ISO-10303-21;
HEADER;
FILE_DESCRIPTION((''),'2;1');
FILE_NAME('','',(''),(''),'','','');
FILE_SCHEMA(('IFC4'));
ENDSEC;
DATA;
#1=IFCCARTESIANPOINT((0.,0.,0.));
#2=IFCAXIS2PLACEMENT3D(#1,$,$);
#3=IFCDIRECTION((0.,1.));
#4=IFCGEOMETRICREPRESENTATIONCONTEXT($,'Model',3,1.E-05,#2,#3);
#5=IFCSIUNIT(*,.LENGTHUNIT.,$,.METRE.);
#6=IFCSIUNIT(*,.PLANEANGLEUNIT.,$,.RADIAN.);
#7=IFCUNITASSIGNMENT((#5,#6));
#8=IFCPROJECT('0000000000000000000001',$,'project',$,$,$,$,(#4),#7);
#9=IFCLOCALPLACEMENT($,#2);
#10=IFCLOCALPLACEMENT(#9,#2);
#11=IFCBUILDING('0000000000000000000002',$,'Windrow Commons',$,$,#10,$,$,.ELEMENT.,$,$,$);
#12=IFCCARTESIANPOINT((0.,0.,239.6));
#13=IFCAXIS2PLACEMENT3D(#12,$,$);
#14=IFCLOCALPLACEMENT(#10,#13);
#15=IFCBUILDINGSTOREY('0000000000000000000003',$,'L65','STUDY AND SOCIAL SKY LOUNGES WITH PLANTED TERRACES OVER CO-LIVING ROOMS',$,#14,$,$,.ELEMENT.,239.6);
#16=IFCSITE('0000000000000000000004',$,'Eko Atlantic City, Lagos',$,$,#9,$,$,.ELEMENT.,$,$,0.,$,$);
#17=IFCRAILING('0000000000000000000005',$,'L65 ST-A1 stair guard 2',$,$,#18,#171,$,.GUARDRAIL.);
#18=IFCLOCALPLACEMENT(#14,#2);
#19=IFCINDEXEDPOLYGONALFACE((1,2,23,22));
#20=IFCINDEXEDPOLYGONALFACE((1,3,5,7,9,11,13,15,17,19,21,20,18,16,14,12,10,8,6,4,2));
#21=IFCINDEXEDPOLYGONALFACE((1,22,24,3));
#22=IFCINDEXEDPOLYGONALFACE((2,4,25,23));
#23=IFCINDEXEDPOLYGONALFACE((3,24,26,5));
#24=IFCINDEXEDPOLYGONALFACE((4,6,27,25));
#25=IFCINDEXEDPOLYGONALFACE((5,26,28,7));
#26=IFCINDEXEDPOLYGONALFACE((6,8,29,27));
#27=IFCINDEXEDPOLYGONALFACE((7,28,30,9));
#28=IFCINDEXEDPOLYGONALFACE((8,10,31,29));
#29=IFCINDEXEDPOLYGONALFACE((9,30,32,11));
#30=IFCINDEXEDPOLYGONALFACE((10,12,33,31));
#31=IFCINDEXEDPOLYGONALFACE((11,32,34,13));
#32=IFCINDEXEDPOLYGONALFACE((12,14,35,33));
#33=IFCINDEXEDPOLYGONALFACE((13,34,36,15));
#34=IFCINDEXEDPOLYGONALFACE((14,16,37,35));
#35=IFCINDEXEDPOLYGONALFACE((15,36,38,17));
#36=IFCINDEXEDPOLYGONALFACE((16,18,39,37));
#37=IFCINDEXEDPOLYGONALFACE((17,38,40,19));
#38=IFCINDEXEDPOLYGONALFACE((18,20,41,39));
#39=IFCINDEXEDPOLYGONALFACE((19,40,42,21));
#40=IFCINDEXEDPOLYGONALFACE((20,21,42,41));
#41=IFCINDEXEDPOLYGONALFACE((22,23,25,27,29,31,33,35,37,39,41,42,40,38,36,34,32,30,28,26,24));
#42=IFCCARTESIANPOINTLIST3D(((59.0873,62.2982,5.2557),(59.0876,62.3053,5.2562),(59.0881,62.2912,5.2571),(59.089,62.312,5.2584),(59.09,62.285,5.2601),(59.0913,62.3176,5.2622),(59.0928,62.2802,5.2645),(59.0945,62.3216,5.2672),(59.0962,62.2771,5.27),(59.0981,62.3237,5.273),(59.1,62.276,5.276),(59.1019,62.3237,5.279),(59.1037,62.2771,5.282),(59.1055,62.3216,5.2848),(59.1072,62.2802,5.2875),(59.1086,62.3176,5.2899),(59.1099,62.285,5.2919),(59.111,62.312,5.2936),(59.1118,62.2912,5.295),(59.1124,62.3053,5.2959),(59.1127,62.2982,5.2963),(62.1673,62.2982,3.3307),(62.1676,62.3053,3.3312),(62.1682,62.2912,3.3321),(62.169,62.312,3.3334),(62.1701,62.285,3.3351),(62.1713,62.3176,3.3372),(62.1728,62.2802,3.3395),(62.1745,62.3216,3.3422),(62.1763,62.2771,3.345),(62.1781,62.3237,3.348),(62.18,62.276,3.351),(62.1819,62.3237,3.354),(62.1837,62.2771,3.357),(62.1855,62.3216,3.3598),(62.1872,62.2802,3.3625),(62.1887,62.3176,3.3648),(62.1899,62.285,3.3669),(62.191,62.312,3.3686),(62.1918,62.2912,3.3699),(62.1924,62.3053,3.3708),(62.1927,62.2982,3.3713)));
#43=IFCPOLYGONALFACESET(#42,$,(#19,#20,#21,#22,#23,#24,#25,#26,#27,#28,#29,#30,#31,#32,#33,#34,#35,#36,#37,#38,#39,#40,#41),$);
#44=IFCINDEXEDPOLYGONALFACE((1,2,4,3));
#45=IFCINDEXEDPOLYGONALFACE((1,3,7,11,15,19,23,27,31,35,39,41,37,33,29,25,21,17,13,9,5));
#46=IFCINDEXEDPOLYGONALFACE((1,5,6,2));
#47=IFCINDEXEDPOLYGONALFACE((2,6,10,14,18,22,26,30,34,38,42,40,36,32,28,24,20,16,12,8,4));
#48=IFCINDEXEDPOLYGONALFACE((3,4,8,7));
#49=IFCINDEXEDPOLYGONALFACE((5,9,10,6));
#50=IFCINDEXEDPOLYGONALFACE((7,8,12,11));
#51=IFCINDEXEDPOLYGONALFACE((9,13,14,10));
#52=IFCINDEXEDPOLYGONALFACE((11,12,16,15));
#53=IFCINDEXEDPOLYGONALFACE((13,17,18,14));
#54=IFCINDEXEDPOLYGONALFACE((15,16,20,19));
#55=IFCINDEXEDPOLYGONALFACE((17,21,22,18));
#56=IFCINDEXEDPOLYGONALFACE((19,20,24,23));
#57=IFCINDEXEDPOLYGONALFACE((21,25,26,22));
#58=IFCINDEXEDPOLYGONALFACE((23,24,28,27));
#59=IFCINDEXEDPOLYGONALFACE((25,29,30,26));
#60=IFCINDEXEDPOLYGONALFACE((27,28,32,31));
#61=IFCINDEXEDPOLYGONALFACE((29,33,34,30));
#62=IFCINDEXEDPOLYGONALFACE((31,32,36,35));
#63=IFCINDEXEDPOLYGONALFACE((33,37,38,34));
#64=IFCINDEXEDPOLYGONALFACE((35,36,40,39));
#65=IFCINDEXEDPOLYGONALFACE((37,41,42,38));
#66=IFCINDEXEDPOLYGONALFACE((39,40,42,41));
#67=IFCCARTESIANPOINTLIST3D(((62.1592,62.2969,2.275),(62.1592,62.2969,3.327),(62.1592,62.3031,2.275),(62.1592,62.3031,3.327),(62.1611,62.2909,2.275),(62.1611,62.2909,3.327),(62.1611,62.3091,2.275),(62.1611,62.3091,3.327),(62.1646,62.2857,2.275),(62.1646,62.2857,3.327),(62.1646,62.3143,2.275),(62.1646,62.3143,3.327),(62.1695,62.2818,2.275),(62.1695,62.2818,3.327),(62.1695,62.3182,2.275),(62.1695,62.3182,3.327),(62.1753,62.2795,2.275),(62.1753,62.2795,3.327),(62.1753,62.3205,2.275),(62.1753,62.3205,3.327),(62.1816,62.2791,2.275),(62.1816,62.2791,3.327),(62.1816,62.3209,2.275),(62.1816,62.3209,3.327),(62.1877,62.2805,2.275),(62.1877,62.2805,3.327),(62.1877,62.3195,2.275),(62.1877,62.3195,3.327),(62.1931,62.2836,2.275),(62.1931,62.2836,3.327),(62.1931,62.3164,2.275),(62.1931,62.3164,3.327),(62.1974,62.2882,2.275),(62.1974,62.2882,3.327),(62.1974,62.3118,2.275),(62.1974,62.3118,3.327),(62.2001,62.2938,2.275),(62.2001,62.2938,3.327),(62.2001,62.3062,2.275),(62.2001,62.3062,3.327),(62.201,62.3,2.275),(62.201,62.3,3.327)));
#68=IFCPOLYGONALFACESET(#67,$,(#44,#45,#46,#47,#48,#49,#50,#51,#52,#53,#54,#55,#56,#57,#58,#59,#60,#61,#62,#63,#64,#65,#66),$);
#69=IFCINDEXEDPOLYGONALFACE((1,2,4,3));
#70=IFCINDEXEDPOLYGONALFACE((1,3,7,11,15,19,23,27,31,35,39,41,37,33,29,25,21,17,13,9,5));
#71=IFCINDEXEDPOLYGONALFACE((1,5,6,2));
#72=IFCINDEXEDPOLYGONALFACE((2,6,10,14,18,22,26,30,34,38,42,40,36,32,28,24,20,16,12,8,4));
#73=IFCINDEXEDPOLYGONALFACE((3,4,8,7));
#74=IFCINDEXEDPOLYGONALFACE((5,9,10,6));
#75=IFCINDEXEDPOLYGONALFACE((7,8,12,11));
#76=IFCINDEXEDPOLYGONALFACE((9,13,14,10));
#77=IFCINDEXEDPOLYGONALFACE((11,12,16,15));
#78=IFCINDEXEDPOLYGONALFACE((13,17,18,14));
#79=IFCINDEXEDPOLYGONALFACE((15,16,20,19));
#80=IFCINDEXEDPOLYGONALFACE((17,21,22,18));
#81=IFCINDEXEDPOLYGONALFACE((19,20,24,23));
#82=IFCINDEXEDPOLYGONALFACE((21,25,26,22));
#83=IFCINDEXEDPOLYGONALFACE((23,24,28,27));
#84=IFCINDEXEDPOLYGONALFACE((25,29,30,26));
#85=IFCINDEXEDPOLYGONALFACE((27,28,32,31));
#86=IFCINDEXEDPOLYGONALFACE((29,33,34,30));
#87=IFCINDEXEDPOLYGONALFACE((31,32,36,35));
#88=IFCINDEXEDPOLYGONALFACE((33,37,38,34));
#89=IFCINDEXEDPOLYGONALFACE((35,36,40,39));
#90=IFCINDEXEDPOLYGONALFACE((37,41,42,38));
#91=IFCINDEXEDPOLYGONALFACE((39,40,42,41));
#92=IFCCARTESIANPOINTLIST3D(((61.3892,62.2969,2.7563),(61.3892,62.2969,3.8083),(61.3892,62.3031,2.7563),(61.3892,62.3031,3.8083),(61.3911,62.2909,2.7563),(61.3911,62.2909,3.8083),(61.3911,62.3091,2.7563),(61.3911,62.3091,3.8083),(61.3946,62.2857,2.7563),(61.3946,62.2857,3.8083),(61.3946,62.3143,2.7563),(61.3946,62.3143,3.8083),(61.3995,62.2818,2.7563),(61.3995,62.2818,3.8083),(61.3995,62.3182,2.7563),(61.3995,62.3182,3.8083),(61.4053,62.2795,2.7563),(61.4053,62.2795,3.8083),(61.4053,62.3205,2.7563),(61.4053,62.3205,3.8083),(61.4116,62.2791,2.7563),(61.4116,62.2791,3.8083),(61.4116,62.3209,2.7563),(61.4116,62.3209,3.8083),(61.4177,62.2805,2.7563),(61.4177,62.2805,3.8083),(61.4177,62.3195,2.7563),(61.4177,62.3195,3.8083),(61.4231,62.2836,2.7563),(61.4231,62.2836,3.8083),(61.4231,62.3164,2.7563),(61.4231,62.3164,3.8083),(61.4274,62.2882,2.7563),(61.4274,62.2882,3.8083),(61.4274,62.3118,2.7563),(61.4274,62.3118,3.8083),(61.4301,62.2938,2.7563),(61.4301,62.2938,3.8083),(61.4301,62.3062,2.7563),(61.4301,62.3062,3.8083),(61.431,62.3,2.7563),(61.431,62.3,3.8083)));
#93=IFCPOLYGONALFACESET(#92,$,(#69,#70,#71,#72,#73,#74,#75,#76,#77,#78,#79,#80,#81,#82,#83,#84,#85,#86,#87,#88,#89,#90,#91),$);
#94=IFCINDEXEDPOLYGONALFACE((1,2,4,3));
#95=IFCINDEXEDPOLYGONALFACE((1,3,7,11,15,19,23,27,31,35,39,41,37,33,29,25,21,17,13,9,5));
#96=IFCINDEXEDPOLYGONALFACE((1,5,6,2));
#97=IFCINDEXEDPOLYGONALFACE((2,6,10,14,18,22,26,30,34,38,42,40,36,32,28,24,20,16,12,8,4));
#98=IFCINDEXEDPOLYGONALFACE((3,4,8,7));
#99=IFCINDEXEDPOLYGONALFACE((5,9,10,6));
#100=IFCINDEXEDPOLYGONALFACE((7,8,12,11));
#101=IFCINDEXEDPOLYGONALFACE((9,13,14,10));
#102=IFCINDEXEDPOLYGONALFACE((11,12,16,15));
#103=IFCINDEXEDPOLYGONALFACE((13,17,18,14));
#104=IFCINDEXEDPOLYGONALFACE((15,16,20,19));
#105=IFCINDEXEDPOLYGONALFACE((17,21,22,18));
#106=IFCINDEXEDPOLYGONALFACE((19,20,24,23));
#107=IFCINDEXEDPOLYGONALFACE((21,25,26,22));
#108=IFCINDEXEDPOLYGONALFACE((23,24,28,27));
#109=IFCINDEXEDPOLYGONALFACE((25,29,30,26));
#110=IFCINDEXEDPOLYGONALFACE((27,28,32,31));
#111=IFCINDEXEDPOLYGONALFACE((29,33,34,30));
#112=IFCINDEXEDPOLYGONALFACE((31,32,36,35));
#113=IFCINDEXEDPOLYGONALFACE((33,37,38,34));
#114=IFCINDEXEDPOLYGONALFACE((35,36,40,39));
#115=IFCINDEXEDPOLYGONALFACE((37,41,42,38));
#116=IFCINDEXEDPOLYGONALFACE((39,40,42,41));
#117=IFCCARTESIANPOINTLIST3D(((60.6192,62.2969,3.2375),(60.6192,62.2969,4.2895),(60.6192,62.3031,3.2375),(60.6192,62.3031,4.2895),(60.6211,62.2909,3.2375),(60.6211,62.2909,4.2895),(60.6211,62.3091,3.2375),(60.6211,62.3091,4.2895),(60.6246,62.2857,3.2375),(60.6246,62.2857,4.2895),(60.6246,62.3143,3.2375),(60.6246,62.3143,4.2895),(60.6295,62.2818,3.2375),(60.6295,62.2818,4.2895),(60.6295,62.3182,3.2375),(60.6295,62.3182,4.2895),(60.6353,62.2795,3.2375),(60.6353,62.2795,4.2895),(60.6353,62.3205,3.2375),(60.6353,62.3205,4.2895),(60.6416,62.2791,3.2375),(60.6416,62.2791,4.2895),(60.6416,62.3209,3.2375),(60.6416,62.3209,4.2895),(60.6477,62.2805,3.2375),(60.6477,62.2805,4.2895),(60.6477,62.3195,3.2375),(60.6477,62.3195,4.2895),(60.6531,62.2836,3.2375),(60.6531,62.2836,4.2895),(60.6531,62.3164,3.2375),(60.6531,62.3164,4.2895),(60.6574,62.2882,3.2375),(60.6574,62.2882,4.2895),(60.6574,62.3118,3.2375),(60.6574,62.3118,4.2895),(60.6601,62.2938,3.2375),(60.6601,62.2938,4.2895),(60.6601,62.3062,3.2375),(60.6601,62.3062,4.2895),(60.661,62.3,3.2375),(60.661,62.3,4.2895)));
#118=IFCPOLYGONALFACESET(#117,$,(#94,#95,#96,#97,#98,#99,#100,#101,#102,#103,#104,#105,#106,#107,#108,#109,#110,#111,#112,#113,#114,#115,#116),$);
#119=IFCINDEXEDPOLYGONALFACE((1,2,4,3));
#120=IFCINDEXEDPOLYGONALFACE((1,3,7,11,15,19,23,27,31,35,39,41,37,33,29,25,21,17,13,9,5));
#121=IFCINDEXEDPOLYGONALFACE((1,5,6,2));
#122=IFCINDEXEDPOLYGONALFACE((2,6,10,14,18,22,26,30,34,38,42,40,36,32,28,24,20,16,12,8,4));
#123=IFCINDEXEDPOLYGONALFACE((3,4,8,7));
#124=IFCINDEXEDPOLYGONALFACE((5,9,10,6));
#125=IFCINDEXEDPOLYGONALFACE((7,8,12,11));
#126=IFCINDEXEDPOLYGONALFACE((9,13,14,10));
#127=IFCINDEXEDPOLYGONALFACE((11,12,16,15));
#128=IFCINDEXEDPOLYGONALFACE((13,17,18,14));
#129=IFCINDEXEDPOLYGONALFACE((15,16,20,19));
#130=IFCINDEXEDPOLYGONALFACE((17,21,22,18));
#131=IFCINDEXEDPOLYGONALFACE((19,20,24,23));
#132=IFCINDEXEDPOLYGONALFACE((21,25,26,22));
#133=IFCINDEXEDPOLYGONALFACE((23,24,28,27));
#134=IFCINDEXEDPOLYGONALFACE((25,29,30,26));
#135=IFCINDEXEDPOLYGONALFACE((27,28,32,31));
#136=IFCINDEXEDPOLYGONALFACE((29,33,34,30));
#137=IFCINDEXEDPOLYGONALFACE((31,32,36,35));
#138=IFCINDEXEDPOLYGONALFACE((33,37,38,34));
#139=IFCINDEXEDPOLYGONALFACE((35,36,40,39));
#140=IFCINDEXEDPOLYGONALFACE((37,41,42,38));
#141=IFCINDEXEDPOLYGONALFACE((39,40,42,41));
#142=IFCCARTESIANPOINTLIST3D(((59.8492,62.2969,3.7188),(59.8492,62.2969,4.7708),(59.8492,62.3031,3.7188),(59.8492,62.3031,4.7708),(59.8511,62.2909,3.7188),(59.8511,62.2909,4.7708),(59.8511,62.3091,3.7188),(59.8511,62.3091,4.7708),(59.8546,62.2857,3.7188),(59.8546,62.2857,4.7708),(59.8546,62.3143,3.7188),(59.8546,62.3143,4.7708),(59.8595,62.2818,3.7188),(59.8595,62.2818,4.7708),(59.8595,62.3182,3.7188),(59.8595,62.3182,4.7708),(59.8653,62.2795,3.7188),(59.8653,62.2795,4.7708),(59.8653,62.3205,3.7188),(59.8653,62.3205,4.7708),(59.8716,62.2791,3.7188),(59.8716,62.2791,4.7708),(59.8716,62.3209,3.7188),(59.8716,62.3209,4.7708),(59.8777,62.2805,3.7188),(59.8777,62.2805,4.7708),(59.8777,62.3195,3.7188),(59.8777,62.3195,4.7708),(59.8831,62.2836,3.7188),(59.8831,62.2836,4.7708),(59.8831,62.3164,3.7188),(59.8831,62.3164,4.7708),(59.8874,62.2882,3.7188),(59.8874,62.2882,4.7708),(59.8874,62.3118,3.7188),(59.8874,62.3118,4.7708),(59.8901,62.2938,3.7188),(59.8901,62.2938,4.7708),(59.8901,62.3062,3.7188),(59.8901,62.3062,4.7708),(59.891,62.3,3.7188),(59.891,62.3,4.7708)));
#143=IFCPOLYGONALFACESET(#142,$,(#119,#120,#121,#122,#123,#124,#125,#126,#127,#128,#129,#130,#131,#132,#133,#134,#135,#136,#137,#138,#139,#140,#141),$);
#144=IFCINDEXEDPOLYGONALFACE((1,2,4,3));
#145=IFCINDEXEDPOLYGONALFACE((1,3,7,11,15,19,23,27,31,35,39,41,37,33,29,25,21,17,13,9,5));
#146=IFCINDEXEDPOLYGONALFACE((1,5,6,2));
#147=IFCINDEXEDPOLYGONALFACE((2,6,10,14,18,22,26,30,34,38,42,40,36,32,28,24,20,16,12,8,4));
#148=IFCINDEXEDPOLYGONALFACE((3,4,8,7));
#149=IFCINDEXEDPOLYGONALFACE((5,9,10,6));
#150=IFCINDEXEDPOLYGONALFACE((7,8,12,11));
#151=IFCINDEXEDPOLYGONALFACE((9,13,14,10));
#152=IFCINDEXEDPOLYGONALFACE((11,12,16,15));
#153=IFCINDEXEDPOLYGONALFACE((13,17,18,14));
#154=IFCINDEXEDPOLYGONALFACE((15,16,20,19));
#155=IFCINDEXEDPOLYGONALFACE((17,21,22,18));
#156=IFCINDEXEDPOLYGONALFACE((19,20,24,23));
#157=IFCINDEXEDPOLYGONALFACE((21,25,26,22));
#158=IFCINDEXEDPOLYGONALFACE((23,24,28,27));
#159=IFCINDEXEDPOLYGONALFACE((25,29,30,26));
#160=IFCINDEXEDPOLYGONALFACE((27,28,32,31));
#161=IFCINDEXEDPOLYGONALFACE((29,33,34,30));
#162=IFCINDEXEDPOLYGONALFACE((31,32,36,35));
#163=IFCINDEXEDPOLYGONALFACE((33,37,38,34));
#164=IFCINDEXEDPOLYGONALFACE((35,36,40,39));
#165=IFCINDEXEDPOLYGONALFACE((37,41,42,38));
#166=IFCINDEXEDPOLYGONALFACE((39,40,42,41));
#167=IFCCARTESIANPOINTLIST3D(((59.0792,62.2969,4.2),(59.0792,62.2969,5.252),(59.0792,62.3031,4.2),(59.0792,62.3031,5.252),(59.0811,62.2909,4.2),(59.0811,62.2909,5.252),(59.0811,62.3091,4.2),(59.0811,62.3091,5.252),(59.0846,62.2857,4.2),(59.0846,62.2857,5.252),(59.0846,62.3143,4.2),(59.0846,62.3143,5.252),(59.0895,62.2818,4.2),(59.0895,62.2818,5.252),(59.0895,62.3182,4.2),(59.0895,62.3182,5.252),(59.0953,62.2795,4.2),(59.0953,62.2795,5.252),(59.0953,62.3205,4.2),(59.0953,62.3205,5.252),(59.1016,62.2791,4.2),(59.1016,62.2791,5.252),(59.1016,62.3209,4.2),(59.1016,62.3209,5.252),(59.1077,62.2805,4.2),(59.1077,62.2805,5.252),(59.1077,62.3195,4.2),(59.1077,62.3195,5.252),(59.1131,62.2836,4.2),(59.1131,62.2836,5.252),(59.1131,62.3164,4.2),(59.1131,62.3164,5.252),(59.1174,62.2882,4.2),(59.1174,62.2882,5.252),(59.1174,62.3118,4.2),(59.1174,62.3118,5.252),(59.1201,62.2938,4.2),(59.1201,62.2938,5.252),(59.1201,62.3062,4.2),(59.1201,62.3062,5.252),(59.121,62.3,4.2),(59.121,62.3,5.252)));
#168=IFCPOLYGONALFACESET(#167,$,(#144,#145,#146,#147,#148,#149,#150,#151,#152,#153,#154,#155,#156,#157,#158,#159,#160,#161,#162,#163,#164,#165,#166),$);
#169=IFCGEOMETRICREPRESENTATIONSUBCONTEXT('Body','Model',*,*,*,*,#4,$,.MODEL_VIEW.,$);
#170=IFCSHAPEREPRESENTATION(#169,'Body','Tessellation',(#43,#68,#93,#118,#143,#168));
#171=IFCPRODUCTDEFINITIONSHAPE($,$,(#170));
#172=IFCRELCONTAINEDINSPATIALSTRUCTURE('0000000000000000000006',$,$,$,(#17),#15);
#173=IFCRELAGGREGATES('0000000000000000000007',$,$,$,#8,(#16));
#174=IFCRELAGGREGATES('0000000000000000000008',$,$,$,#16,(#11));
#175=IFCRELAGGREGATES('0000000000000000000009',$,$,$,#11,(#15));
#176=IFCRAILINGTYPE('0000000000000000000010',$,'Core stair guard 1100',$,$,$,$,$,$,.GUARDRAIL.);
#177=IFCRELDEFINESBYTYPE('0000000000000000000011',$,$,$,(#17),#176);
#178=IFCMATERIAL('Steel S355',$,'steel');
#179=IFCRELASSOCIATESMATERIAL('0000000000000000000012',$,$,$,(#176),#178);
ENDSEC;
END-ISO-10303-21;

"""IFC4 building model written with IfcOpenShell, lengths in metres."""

from ifc_helpers import new_model, si_unit, direction, frame, origin, origin_2d, place, context, subcontext, project, spatial, circle, extrude, material, type_object, element, save


model = new_model("IFC4")

# Units and contexts
model_context = context("Model", 3, precision=1e-05, world=origin(), true_north=direction((0.0, 1.0)))
body_context = subcontext(model_context, "Body", "Model", "MODEL_VIEW")
ifc_project = project(units=[si_unit("LENGTHUNIT", "METRE"), si_unit("PLANEANGLEUNIT", "RADIAN")], contexts=[model_context])

# Site, building, storey
site_placement = place(None, origin())
site = spatial("IfcSite", under=ifc_project, at=site_placement, Name="Eko Atlantic City, Lagos", CompositionType="ELEMENT", RefElevation=0.0)
building_placement = place(site_placement, origin())
building = spatial("IfcBuilding", under=site, at=building_placement, Name="Windrow Commons", CompositionType="ELEMENT")
storey_placement = place(building_placement, frame((0.0, 0.0, 239.6)))
storey = spatial("IfcBuildingStorey", under=building, at=storey_placement, Name="L65", Description="STUDY AND SOCIAL SKY LOUNGES WITH PLANTED TERRACES OVER CO-LIVING ROOMS", CompositionType="ELEMENT", Elevation=239.6)

# Railing
ifc_material_1 = material(Name="Steel S355", Category="steel")
railing_type_1 = type_object("IfcRailingType", Name="Core stair guard 1100", PredefinedType="GUARDRAIL", material=ifc_material_1)
railing_1_placement = place(storey_placement, frame((62.18, 62.3, 2.275)))
element("IfcRailing", 1, at=railing_1_placement, inside=storey, type_object=railing_type_1, Name="L65 ST-A1 stair guard 2", PredefinedType="GUARDRAIL", context=body_context, shape_type="SweptSolid", body=[
    extrude(circle(Radius=0.024, at=origin_2d()), frame((0.0, 0.0, 1.076), z_axis=(-0.847998, 0.0, 0.529999), x_axis=(0.0, -1.0, 0.0)), (0.0, 0.0, 1.0), 3.6321),
    extrude(circle(Radius=0.021, at=origin_2d()), origin(), (0.0, 0.0, 1.0), 1.052),
    extrude(circle(Radius=0.021, at=origin_2d()), frame((-0.77, 0.0, 0.4813)), (0.0, 0.0, 1.0), 1.052),
    extrude(circle(Radius=0.021, at=origin_2d()), frame((-1.54, 0.0, 0.9625)), (0.0, 0.0, 1.0), 1.052),
    extrude(circle(Radius=0.021, at=origin_2d()), frame((-2.31, 0.0, 1.4438)), (0.0, 0.0, 1.0), 1.052),
    extrude(circle(Radius=0.021, at=origin_2d()), frame((-3.08, 0.0, 1.925)), (0.0, 0.0, 1.0), 1.052),
])

save(model, "model.ifc")
